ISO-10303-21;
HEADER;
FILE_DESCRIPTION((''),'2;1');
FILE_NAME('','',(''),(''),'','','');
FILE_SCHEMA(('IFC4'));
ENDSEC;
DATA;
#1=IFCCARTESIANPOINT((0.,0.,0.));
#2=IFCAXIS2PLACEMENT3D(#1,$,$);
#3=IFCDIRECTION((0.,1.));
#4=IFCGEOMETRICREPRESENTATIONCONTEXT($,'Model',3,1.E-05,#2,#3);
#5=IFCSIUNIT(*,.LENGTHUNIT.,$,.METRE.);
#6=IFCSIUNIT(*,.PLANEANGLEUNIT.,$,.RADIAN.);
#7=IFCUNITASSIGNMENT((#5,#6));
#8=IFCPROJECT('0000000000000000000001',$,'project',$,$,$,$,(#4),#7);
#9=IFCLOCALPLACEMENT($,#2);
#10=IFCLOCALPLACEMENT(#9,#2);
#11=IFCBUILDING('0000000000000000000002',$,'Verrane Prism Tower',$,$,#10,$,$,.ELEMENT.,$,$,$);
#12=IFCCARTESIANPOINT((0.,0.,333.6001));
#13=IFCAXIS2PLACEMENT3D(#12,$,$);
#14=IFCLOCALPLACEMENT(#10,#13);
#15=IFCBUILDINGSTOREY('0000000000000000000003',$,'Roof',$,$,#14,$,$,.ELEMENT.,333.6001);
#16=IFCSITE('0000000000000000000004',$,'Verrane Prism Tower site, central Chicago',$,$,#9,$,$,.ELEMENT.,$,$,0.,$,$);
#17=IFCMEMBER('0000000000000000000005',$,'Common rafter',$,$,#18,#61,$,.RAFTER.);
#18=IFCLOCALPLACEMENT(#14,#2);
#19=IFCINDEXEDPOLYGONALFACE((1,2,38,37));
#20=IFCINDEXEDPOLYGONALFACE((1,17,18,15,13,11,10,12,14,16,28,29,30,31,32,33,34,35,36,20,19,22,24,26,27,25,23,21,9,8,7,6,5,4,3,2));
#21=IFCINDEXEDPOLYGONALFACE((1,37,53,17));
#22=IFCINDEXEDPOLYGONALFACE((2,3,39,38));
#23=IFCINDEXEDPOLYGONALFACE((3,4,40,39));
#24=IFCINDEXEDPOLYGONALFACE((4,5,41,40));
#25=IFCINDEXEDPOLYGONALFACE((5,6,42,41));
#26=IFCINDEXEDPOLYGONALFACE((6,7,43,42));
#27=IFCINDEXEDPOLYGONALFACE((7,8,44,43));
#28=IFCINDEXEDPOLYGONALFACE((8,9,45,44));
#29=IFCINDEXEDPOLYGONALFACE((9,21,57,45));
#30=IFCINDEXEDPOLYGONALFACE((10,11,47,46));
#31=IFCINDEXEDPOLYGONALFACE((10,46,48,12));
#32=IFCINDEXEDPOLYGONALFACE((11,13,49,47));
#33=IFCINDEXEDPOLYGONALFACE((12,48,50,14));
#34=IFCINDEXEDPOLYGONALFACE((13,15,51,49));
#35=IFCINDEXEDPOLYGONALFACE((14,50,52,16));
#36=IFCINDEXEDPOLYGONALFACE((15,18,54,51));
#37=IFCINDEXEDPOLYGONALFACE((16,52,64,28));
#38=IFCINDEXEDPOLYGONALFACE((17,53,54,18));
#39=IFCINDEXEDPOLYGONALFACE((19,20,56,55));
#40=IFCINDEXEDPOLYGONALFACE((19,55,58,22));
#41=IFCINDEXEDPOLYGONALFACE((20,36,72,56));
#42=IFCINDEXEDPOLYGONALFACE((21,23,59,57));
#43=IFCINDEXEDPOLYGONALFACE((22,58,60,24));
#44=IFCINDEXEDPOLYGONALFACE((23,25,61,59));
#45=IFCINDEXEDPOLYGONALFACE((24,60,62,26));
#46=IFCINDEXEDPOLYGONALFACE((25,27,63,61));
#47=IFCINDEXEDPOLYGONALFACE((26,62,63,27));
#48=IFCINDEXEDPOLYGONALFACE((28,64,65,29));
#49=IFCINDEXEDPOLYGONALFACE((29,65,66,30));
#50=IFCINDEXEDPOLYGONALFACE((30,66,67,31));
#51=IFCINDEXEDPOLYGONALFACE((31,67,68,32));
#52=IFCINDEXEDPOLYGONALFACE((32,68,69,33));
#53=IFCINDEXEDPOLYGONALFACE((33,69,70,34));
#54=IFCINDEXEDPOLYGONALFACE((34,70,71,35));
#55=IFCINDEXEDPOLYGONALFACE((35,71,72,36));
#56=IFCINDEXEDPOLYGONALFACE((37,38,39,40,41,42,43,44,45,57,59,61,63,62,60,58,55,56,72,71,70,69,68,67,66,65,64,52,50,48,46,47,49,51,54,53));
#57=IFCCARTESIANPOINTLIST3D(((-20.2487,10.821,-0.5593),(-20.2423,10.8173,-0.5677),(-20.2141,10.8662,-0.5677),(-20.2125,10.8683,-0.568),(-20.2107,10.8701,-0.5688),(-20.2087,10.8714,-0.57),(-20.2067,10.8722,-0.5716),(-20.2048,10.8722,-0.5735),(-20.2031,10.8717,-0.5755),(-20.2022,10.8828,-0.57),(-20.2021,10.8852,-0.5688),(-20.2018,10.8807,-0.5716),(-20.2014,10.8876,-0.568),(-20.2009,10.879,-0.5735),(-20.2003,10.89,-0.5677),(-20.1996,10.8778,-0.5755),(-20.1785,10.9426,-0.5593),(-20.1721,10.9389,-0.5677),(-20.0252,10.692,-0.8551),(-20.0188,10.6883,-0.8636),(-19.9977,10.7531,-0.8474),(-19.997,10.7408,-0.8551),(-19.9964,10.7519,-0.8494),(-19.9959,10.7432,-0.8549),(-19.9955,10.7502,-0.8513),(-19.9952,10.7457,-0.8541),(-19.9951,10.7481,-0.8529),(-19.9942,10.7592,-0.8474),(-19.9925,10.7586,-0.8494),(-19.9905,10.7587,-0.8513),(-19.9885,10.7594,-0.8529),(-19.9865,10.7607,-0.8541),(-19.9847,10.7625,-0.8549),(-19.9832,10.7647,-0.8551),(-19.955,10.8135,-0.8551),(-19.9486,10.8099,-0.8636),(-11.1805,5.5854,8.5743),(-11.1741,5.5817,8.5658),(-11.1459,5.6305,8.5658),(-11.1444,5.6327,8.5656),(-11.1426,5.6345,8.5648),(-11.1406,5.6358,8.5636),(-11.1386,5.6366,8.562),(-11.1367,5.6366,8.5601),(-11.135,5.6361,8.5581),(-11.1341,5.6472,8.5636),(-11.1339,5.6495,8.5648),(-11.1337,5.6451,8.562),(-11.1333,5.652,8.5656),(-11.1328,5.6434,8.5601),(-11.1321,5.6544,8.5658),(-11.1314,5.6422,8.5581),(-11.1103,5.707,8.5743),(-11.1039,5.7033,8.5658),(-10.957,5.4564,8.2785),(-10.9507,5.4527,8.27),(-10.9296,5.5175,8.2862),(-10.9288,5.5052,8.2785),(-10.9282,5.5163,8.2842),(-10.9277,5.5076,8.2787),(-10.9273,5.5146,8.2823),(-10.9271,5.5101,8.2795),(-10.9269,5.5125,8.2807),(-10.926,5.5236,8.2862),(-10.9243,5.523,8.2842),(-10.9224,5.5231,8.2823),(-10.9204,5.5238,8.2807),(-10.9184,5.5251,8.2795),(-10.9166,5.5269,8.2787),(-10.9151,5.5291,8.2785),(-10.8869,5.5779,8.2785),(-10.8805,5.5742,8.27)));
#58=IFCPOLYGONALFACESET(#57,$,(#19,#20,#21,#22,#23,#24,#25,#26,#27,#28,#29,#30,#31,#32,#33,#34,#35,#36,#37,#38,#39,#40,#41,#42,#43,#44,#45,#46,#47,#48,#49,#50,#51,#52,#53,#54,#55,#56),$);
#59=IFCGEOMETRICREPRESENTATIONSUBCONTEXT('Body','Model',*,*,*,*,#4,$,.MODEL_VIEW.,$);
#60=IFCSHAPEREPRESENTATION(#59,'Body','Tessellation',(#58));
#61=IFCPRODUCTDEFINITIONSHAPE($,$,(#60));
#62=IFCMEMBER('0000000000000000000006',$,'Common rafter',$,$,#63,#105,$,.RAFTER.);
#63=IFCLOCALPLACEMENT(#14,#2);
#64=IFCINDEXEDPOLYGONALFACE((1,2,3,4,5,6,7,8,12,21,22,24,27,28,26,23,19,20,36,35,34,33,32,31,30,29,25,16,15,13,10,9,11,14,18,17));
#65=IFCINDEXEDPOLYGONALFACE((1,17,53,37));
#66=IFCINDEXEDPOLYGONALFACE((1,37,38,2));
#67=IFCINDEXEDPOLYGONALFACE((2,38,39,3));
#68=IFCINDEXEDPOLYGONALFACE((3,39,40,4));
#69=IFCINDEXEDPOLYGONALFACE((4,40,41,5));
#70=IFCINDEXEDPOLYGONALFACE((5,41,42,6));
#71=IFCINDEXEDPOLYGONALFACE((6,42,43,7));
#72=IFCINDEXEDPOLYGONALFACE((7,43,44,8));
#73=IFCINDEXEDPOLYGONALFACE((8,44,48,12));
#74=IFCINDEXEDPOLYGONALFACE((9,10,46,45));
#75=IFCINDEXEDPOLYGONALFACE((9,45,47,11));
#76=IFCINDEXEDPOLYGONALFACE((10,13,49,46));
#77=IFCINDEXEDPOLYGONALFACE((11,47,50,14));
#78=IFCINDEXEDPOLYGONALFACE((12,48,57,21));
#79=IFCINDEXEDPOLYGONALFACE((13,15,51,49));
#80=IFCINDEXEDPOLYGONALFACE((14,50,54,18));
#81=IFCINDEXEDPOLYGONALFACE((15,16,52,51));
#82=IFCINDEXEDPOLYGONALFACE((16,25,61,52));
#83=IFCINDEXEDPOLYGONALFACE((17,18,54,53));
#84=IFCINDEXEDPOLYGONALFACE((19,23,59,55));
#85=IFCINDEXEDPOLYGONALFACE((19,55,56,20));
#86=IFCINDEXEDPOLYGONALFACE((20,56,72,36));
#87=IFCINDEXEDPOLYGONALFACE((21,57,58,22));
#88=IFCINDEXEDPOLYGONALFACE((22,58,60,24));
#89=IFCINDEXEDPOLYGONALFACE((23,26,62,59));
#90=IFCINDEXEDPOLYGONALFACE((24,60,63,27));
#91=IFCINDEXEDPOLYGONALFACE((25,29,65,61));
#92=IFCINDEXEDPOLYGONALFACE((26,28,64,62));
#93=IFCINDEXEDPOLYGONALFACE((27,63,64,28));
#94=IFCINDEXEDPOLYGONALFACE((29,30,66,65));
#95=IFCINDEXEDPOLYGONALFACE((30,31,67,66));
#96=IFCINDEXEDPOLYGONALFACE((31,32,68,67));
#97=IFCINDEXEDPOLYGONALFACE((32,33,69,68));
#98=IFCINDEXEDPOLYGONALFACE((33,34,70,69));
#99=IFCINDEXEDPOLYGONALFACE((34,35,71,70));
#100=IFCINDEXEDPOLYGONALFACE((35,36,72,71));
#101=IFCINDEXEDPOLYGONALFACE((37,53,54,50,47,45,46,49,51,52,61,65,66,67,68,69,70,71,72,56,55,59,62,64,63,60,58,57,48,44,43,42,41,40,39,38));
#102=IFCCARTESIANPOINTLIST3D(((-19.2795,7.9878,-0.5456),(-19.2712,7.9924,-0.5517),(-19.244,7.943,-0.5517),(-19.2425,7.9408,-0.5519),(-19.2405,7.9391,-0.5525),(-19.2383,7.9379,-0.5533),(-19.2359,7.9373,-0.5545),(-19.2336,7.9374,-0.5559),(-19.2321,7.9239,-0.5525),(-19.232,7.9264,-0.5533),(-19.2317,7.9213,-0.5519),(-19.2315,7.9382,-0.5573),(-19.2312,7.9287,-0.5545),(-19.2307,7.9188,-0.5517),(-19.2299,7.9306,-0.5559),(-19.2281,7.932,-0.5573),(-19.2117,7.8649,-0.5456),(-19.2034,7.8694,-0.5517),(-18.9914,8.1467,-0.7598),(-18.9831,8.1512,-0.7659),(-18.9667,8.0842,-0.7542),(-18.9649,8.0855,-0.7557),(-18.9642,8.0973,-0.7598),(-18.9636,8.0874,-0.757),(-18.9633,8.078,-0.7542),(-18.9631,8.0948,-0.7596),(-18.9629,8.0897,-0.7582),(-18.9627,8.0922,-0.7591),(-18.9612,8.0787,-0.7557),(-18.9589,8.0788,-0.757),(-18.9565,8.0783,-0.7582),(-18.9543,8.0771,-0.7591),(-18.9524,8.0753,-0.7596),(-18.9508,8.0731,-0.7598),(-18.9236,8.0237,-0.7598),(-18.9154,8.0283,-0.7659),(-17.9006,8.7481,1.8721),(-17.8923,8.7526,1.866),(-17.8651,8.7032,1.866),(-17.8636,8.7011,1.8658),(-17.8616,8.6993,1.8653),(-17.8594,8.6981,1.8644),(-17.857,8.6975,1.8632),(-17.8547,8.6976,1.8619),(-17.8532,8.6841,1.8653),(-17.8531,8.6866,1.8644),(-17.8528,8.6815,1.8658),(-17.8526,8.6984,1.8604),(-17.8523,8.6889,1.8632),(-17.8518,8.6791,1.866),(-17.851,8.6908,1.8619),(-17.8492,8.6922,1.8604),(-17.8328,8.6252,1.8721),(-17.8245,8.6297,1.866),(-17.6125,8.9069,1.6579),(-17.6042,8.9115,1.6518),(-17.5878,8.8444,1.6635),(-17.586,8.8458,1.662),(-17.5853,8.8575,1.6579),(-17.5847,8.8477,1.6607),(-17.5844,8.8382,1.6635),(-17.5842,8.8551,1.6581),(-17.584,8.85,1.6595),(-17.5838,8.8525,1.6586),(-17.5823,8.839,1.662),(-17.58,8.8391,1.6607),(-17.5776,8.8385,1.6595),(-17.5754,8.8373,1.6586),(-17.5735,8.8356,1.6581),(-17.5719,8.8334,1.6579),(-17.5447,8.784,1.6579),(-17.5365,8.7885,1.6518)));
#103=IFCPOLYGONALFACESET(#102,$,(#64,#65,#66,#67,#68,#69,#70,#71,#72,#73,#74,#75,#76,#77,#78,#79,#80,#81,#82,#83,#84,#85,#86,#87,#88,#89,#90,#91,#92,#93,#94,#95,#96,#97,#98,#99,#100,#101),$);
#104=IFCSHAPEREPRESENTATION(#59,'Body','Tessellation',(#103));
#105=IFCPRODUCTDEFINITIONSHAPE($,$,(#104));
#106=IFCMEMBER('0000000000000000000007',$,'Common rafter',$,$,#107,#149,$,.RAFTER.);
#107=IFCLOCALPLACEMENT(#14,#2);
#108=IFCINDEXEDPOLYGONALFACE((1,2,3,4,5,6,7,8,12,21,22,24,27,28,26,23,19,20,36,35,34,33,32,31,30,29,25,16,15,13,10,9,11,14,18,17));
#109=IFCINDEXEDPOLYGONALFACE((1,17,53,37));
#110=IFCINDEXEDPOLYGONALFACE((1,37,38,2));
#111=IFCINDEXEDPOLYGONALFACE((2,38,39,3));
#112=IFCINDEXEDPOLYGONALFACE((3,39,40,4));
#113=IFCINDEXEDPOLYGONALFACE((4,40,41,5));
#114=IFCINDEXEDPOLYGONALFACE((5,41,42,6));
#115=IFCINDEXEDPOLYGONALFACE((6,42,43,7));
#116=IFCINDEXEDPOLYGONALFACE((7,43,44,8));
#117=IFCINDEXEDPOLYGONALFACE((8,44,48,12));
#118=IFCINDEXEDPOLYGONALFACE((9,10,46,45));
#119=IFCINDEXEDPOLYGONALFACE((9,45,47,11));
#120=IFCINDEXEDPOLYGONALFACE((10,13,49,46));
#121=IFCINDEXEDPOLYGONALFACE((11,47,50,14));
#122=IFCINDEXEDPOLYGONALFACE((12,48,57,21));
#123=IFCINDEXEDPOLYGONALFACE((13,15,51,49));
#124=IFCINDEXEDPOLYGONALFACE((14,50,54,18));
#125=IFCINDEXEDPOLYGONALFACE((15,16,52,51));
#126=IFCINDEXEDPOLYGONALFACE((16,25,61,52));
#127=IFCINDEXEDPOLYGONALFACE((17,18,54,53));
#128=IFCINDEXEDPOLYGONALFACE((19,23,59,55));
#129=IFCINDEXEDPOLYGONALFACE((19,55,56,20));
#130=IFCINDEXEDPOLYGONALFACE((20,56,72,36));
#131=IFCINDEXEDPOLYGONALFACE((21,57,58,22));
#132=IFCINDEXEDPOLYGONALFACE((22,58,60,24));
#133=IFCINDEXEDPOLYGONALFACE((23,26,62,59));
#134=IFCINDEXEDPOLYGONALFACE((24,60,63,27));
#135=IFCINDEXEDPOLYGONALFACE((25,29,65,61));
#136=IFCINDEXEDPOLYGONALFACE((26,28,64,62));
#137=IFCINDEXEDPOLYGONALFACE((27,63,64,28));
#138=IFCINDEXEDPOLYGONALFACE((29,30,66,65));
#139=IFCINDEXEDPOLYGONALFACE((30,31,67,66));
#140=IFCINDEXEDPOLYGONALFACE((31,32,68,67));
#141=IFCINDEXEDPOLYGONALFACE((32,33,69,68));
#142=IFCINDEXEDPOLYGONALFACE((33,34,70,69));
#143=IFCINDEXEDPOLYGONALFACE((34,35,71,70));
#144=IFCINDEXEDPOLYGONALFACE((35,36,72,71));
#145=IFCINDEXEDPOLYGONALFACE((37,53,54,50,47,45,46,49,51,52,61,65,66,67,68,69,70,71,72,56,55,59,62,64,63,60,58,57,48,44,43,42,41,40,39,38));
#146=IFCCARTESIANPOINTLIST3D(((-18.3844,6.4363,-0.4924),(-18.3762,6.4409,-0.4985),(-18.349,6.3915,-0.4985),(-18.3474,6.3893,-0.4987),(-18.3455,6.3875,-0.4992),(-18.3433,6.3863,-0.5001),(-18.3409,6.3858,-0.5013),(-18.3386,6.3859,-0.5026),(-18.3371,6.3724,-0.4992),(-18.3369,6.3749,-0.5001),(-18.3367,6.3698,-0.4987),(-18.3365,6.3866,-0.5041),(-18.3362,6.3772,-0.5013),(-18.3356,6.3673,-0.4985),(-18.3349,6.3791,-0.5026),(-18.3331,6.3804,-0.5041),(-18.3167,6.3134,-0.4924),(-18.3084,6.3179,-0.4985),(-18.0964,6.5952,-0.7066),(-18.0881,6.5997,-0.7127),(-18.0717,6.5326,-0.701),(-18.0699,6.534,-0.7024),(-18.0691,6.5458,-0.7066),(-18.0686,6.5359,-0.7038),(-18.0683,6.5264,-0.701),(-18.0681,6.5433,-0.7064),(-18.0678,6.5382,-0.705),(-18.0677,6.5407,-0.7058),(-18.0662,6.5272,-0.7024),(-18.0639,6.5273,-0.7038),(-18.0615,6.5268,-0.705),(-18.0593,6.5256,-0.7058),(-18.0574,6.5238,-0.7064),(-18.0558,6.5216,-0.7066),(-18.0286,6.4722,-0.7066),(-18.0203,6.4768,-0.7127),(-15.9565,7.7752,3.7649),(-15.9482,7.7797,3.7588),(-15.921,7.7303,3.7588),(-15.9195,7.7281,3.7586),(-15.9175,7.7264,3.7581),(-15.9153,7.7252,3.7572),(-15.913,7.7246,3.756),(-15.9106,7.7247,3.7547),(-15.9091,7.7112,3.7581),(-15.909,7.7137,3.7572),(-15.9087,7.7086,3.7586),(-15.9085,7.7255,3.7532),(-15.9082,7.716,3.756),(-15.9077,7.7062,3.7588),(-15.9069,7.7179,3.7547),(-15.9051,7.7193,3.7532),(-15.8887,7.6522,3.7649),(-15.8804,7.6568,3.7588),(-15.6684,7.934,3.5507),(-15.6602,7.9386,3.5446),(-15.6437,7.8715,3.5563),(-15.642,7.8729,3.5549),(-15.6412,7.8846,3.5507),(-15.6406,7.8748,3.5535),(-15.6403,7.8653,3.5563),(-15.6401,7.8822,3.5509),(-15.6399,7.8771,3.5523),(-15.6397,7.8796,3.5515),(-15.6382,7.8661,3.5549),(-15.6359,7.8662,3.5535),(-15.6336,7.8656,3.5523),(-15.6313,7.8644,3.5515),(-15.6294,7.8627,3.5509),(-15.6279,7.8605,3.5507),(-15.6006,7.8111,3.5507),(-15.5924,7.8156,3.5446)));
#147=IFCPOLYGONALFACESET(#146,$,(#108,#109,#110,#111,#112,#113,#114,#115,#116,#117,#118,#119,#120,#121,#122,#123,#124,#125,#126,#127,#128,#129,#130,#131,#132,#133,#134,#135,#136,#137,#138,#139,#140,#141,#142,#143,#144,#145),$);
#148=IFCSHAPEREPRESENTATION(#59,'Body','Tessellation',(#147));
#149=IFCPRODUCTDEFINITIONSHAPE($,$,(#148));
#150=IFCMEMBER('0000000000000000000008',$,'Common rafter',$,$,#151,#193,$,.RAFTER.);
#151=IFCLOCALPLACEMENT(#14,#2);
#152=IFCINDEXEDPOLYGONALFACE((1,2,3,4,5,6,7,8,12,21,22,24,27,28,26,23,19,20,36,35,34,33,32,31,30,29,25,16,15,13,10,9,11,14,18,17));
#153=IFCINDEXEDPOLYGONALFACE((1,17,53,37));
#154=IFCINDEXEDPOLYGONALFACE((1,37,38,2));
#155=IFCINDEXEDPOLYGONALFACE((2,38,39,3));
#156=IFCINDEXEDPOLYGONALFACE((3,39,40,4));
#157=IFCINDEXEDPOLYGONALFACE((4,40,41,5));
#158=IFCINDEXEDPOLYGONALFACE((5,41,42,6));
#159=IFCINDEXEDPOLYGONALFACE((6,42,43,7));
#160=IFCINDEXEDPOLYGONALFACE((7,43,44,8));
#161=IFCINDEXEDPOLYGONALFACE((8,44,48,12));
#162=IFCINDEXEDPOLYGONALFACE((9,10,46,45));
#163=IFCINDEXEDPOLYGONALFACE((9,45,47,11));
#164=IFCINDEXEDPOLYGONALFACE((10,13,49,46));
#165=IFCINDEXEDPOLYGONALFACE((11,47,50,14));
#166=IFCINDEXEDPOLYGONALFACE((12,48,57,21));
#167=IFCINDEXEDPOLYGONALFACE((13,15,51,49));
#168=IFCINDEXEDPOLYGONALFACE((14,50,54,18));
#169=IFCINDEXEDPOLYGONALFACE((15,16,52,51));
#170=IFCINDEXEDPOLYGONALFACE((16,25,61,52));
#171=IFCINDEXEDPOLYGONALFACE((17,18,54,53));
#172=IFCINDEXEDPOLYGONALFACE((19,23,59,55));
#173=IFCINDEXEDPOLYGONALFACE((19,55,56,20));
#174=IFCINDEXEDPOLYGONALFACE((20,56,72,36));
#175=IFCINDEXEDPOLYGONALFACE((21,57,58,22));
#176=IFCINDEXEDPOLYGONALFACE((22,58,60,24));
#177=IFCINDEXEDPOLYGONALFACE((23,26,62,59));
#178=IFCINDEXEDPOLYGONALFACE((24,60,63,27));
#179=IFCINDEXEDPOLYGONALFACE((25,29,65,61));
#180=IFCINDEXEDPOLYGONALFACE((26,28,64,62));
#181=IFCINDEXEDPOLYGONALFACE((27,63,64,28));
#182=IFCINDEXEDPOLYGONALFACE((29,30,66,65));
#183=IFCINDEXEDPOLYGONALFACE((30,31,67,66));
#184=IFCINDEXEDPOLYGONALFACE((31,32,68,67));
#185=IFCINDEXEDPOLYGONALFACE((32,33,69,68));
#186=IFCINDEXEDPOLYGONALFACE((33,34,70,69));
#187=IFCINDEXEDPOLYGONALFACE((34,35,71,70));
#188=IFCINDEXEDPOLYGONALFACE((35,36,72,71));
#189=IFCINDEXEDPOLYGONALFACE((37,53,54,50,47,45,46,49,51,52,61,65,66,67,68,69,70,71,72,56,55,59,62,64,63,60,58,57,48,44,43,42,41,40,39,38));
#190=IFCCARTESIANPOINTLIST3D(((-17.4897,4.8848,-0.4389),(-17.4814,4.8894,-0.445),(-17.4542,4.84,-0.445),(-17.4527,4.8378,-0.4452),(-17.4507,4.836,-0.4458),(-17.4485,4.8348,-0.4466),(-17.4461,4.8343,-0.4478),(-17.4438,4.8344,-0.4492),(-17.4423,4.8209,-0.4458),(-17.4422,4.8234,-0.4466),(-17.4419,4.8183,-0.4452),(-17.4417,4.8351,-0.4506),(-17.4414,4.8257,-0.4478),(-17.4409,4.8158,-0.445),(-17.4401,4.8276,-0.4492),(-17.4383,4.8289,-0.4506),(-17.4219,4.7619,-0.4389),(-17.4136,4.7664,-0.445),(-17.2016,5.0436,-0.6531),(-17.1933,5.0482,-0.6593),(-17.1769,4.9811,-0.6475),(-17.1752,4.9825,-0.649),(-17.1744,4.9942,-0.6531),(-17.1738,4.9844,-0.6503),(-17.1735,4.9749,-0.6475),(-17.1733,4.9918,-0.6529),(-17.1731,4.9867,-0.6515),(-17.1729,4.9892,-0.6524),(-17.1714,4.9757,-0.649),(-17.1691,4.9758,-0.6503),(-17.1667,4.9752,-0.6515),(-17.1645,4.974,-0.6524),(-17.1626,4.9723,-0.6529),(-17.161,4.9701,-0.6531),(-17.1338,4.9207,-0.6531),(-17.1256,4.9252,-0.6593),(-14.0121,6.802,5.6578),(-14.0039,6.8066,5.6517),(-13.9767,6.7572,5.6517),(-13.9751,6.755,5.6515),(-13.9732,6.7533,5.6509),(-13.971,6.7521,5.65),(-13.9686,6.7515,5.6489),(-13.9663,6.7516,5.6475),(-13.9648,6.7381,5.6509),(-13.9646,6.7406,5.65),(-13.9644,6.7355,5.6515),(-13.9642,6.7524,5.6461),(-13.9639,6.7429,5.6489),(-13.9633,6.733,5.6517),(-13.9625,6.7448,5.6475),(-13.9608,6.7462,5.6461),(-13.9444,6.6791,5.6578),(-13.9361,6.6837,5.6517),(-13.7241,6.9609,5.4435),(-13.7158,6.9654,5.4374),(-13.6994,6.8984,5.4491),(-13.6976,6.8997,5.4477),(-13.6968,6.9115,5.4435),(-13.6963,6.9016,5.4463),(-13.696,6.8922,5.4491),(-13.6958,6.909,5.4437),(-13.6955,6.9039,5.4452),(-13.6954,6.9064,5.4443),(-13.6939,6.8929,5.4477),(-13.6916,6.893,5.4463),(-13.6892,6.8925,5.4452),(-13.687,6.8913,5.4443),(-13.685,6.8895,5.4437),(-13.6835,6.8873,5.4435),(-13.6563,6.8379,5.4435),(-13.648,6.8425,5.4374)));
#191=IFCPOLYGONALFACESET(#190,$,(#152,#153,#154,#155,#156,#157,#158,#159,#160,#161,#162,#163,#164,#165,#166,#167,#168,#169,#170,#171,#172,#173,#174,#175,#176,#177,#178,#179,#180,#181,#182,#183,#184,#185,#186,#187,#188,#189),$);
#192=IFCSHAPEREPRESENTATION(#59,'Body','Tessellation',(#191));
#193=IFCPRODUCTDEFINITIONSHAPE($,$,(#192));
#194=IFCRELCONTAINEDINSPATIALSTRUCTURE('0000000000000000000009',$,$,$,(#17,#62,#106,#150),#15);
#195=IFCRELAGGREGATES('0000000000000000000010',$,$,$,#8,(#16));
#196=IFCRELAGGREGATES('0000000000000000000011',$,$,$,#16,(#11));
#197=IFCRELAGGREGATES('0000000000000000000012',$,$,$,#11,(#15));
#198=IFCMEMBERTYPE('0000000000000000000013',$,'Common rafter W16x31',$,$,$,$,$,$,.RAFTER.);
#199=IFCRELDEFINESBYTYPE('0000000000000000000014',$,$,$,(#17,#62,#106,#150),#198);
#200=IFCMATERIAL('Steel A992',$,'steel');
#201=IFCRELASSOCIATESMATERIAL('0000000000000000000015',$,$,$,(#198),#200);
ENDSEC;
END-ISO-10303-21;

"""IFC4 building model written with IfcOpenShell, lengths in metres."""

from ifc_helpers import new_model, si_unit, direction, frame, origin, origin_2d, place, context, subcontext, project, spatial, i_section, extrude, material, material_profile, profile_set, type_object, element, save


model = new_model("IFC4")

# Units and contexts
model_context = context("Model", 3, precision=1e-05, world=origin(), true_north=direction((0.0, 1.0)))
body_context = subcontext(model_context, "Body", "Model", "MODEL_VIEW")
ifc_project = project(units=[si_unit("LENGTHUNIT", "METRE"), si_unit("PLANEANGLEUNIT", "RADIAN")], contexts=[model_context])

# Site, building, storey
site_placement = place(None, origin())
site = spatial("IfcSite", under=ifc_project, at=site_placement, Name="Verrane Prism Tower site, central Chicago", CompositionType="ELEMENT", RefElevation=0.0)
building_placement = place(site_placement, origin())
building = spatial("IfcBuilding", under=site, at=building_placement, Name="Verrane Prism Tower", CompositionType="ELEMENT")
storey_placement = place(building_placement, frame((0.0, 0.0, 333.6001)))
storey = spatial("IfcBuildingStorey", under=building, at=storey_placement, Name="Roof", CompositionType="ELEMENT", Elevation=333.6001)

# Members
ifc_material_1 = material(Name="Steel A992", Category="steel")
ifc_material_profile_1 = material_profile(ifc_material_1, i_section(OverallWidth=0.1404, OverallDepth=0.4038, WebThickness=0.0071, FlangeThickness=0.0112, FilletRadius=0.0103, at=origin_2d()), Name="W16x31")
ifc_profile_set_1 = profile_set([ifc_material_profile_1], Name="Steel A992")
member_type_1 = type_object("IfcMemberType", Name="Common rafter W16x31", PredefinedType="RAFTER", material=ifc_profile_set_1)
member_1_placement = place(storey_placement, frame((-20.0986, 10.8154, -0.7114), z_axis=(0.652629, -0.376804, 0.657338), x_axis=(0.500008, 0.866021, 0.0)))
element("IfcMember", 1, at=member_1_placement, inside=storey, type_object=member_type_1, Name="Common rafter", PredefinedType="RAFTER", context=body_context, shape_type="SweptSolid", body=[
    extrude(i_section(OverallWidth=0.1404, OverallDepth=0.4038, WebThickness=0.0071, FlangeThickness=0.0112, FilletRadius=0.0103, at=origin_2d()), origin(), (0.0, 0.0, 1.0), 13.8948),
])
member_2_placement = place(storey_placement, frame((-19.0974, 8.0081, -0.6558), z_axis=(0.477913, 0.263495, 0.837955), x_axis=(-0.482823, 0.875718, 0.0)))
element("IfcMember", 2, at=member_2_placement, inside=storey, type_object=member_type_1, Name="Common rafter", PredefinedType="RAFTER", context=body_context, shape_type="SweptSolid", body=[
    extrude(i_section(OverallWidth=0.1404, OverallDepth=0.4038, WebThickness=0.0071, FlangeThickness=0.0112, FilletRadius=0.0103, at=origin_2d()), origin(), (0.0, 0.0, 1.0), 2.8853),
])
member_3_placement = place(storey_placement, frame((-18.2024, 6.4565, -0.6025), z_axis=(0.477892, 0.263526, 0.837958), x_axis=(-0.482882, 0.875686, 0.0)))
element("IfcMember", 3, at=member_3_placement, inside=storey, type_object=member_type_1, Name="Common rafter", PredefinedType="RAFTER", context=body_context, shape_type="SweptSolid", body=[
    extrude(i_section(OverallWidth=0.1404, OverallDepth=0.4038, WebThickness=0.0071, FlangeThickness=0.0112, FilletRadius=0.0103, at=origin_2d()), origin(), (0.0, 0.0, 1.0), 5.0806),
])
member_4_placement = place(storey_placement, frame((-17.3076, 4.905, -0.5491), z_axis=(0.477954, 0.263505, 0.837929), x_axis=(-0.482806, 0.875727, 0.0)))
element("IfcMember", 4, at=member_4_placement, inside=storey, type_object=member_type_1, Name="Common rafter", PredefinedType="RAFTER", context=body_context, shape_type="SweptSolid", body=[
    extrude(i_section(OverallWidth=0.1404, OverallDepth=0.4038, WebThickness=0.0071, FlangeThickness=0.0112, FilletRadius=0.0103, at=origin_2d()), origin(), (0.0, 0.0, 1.0), 7.2759),
])

save(model, "model.ifc")
